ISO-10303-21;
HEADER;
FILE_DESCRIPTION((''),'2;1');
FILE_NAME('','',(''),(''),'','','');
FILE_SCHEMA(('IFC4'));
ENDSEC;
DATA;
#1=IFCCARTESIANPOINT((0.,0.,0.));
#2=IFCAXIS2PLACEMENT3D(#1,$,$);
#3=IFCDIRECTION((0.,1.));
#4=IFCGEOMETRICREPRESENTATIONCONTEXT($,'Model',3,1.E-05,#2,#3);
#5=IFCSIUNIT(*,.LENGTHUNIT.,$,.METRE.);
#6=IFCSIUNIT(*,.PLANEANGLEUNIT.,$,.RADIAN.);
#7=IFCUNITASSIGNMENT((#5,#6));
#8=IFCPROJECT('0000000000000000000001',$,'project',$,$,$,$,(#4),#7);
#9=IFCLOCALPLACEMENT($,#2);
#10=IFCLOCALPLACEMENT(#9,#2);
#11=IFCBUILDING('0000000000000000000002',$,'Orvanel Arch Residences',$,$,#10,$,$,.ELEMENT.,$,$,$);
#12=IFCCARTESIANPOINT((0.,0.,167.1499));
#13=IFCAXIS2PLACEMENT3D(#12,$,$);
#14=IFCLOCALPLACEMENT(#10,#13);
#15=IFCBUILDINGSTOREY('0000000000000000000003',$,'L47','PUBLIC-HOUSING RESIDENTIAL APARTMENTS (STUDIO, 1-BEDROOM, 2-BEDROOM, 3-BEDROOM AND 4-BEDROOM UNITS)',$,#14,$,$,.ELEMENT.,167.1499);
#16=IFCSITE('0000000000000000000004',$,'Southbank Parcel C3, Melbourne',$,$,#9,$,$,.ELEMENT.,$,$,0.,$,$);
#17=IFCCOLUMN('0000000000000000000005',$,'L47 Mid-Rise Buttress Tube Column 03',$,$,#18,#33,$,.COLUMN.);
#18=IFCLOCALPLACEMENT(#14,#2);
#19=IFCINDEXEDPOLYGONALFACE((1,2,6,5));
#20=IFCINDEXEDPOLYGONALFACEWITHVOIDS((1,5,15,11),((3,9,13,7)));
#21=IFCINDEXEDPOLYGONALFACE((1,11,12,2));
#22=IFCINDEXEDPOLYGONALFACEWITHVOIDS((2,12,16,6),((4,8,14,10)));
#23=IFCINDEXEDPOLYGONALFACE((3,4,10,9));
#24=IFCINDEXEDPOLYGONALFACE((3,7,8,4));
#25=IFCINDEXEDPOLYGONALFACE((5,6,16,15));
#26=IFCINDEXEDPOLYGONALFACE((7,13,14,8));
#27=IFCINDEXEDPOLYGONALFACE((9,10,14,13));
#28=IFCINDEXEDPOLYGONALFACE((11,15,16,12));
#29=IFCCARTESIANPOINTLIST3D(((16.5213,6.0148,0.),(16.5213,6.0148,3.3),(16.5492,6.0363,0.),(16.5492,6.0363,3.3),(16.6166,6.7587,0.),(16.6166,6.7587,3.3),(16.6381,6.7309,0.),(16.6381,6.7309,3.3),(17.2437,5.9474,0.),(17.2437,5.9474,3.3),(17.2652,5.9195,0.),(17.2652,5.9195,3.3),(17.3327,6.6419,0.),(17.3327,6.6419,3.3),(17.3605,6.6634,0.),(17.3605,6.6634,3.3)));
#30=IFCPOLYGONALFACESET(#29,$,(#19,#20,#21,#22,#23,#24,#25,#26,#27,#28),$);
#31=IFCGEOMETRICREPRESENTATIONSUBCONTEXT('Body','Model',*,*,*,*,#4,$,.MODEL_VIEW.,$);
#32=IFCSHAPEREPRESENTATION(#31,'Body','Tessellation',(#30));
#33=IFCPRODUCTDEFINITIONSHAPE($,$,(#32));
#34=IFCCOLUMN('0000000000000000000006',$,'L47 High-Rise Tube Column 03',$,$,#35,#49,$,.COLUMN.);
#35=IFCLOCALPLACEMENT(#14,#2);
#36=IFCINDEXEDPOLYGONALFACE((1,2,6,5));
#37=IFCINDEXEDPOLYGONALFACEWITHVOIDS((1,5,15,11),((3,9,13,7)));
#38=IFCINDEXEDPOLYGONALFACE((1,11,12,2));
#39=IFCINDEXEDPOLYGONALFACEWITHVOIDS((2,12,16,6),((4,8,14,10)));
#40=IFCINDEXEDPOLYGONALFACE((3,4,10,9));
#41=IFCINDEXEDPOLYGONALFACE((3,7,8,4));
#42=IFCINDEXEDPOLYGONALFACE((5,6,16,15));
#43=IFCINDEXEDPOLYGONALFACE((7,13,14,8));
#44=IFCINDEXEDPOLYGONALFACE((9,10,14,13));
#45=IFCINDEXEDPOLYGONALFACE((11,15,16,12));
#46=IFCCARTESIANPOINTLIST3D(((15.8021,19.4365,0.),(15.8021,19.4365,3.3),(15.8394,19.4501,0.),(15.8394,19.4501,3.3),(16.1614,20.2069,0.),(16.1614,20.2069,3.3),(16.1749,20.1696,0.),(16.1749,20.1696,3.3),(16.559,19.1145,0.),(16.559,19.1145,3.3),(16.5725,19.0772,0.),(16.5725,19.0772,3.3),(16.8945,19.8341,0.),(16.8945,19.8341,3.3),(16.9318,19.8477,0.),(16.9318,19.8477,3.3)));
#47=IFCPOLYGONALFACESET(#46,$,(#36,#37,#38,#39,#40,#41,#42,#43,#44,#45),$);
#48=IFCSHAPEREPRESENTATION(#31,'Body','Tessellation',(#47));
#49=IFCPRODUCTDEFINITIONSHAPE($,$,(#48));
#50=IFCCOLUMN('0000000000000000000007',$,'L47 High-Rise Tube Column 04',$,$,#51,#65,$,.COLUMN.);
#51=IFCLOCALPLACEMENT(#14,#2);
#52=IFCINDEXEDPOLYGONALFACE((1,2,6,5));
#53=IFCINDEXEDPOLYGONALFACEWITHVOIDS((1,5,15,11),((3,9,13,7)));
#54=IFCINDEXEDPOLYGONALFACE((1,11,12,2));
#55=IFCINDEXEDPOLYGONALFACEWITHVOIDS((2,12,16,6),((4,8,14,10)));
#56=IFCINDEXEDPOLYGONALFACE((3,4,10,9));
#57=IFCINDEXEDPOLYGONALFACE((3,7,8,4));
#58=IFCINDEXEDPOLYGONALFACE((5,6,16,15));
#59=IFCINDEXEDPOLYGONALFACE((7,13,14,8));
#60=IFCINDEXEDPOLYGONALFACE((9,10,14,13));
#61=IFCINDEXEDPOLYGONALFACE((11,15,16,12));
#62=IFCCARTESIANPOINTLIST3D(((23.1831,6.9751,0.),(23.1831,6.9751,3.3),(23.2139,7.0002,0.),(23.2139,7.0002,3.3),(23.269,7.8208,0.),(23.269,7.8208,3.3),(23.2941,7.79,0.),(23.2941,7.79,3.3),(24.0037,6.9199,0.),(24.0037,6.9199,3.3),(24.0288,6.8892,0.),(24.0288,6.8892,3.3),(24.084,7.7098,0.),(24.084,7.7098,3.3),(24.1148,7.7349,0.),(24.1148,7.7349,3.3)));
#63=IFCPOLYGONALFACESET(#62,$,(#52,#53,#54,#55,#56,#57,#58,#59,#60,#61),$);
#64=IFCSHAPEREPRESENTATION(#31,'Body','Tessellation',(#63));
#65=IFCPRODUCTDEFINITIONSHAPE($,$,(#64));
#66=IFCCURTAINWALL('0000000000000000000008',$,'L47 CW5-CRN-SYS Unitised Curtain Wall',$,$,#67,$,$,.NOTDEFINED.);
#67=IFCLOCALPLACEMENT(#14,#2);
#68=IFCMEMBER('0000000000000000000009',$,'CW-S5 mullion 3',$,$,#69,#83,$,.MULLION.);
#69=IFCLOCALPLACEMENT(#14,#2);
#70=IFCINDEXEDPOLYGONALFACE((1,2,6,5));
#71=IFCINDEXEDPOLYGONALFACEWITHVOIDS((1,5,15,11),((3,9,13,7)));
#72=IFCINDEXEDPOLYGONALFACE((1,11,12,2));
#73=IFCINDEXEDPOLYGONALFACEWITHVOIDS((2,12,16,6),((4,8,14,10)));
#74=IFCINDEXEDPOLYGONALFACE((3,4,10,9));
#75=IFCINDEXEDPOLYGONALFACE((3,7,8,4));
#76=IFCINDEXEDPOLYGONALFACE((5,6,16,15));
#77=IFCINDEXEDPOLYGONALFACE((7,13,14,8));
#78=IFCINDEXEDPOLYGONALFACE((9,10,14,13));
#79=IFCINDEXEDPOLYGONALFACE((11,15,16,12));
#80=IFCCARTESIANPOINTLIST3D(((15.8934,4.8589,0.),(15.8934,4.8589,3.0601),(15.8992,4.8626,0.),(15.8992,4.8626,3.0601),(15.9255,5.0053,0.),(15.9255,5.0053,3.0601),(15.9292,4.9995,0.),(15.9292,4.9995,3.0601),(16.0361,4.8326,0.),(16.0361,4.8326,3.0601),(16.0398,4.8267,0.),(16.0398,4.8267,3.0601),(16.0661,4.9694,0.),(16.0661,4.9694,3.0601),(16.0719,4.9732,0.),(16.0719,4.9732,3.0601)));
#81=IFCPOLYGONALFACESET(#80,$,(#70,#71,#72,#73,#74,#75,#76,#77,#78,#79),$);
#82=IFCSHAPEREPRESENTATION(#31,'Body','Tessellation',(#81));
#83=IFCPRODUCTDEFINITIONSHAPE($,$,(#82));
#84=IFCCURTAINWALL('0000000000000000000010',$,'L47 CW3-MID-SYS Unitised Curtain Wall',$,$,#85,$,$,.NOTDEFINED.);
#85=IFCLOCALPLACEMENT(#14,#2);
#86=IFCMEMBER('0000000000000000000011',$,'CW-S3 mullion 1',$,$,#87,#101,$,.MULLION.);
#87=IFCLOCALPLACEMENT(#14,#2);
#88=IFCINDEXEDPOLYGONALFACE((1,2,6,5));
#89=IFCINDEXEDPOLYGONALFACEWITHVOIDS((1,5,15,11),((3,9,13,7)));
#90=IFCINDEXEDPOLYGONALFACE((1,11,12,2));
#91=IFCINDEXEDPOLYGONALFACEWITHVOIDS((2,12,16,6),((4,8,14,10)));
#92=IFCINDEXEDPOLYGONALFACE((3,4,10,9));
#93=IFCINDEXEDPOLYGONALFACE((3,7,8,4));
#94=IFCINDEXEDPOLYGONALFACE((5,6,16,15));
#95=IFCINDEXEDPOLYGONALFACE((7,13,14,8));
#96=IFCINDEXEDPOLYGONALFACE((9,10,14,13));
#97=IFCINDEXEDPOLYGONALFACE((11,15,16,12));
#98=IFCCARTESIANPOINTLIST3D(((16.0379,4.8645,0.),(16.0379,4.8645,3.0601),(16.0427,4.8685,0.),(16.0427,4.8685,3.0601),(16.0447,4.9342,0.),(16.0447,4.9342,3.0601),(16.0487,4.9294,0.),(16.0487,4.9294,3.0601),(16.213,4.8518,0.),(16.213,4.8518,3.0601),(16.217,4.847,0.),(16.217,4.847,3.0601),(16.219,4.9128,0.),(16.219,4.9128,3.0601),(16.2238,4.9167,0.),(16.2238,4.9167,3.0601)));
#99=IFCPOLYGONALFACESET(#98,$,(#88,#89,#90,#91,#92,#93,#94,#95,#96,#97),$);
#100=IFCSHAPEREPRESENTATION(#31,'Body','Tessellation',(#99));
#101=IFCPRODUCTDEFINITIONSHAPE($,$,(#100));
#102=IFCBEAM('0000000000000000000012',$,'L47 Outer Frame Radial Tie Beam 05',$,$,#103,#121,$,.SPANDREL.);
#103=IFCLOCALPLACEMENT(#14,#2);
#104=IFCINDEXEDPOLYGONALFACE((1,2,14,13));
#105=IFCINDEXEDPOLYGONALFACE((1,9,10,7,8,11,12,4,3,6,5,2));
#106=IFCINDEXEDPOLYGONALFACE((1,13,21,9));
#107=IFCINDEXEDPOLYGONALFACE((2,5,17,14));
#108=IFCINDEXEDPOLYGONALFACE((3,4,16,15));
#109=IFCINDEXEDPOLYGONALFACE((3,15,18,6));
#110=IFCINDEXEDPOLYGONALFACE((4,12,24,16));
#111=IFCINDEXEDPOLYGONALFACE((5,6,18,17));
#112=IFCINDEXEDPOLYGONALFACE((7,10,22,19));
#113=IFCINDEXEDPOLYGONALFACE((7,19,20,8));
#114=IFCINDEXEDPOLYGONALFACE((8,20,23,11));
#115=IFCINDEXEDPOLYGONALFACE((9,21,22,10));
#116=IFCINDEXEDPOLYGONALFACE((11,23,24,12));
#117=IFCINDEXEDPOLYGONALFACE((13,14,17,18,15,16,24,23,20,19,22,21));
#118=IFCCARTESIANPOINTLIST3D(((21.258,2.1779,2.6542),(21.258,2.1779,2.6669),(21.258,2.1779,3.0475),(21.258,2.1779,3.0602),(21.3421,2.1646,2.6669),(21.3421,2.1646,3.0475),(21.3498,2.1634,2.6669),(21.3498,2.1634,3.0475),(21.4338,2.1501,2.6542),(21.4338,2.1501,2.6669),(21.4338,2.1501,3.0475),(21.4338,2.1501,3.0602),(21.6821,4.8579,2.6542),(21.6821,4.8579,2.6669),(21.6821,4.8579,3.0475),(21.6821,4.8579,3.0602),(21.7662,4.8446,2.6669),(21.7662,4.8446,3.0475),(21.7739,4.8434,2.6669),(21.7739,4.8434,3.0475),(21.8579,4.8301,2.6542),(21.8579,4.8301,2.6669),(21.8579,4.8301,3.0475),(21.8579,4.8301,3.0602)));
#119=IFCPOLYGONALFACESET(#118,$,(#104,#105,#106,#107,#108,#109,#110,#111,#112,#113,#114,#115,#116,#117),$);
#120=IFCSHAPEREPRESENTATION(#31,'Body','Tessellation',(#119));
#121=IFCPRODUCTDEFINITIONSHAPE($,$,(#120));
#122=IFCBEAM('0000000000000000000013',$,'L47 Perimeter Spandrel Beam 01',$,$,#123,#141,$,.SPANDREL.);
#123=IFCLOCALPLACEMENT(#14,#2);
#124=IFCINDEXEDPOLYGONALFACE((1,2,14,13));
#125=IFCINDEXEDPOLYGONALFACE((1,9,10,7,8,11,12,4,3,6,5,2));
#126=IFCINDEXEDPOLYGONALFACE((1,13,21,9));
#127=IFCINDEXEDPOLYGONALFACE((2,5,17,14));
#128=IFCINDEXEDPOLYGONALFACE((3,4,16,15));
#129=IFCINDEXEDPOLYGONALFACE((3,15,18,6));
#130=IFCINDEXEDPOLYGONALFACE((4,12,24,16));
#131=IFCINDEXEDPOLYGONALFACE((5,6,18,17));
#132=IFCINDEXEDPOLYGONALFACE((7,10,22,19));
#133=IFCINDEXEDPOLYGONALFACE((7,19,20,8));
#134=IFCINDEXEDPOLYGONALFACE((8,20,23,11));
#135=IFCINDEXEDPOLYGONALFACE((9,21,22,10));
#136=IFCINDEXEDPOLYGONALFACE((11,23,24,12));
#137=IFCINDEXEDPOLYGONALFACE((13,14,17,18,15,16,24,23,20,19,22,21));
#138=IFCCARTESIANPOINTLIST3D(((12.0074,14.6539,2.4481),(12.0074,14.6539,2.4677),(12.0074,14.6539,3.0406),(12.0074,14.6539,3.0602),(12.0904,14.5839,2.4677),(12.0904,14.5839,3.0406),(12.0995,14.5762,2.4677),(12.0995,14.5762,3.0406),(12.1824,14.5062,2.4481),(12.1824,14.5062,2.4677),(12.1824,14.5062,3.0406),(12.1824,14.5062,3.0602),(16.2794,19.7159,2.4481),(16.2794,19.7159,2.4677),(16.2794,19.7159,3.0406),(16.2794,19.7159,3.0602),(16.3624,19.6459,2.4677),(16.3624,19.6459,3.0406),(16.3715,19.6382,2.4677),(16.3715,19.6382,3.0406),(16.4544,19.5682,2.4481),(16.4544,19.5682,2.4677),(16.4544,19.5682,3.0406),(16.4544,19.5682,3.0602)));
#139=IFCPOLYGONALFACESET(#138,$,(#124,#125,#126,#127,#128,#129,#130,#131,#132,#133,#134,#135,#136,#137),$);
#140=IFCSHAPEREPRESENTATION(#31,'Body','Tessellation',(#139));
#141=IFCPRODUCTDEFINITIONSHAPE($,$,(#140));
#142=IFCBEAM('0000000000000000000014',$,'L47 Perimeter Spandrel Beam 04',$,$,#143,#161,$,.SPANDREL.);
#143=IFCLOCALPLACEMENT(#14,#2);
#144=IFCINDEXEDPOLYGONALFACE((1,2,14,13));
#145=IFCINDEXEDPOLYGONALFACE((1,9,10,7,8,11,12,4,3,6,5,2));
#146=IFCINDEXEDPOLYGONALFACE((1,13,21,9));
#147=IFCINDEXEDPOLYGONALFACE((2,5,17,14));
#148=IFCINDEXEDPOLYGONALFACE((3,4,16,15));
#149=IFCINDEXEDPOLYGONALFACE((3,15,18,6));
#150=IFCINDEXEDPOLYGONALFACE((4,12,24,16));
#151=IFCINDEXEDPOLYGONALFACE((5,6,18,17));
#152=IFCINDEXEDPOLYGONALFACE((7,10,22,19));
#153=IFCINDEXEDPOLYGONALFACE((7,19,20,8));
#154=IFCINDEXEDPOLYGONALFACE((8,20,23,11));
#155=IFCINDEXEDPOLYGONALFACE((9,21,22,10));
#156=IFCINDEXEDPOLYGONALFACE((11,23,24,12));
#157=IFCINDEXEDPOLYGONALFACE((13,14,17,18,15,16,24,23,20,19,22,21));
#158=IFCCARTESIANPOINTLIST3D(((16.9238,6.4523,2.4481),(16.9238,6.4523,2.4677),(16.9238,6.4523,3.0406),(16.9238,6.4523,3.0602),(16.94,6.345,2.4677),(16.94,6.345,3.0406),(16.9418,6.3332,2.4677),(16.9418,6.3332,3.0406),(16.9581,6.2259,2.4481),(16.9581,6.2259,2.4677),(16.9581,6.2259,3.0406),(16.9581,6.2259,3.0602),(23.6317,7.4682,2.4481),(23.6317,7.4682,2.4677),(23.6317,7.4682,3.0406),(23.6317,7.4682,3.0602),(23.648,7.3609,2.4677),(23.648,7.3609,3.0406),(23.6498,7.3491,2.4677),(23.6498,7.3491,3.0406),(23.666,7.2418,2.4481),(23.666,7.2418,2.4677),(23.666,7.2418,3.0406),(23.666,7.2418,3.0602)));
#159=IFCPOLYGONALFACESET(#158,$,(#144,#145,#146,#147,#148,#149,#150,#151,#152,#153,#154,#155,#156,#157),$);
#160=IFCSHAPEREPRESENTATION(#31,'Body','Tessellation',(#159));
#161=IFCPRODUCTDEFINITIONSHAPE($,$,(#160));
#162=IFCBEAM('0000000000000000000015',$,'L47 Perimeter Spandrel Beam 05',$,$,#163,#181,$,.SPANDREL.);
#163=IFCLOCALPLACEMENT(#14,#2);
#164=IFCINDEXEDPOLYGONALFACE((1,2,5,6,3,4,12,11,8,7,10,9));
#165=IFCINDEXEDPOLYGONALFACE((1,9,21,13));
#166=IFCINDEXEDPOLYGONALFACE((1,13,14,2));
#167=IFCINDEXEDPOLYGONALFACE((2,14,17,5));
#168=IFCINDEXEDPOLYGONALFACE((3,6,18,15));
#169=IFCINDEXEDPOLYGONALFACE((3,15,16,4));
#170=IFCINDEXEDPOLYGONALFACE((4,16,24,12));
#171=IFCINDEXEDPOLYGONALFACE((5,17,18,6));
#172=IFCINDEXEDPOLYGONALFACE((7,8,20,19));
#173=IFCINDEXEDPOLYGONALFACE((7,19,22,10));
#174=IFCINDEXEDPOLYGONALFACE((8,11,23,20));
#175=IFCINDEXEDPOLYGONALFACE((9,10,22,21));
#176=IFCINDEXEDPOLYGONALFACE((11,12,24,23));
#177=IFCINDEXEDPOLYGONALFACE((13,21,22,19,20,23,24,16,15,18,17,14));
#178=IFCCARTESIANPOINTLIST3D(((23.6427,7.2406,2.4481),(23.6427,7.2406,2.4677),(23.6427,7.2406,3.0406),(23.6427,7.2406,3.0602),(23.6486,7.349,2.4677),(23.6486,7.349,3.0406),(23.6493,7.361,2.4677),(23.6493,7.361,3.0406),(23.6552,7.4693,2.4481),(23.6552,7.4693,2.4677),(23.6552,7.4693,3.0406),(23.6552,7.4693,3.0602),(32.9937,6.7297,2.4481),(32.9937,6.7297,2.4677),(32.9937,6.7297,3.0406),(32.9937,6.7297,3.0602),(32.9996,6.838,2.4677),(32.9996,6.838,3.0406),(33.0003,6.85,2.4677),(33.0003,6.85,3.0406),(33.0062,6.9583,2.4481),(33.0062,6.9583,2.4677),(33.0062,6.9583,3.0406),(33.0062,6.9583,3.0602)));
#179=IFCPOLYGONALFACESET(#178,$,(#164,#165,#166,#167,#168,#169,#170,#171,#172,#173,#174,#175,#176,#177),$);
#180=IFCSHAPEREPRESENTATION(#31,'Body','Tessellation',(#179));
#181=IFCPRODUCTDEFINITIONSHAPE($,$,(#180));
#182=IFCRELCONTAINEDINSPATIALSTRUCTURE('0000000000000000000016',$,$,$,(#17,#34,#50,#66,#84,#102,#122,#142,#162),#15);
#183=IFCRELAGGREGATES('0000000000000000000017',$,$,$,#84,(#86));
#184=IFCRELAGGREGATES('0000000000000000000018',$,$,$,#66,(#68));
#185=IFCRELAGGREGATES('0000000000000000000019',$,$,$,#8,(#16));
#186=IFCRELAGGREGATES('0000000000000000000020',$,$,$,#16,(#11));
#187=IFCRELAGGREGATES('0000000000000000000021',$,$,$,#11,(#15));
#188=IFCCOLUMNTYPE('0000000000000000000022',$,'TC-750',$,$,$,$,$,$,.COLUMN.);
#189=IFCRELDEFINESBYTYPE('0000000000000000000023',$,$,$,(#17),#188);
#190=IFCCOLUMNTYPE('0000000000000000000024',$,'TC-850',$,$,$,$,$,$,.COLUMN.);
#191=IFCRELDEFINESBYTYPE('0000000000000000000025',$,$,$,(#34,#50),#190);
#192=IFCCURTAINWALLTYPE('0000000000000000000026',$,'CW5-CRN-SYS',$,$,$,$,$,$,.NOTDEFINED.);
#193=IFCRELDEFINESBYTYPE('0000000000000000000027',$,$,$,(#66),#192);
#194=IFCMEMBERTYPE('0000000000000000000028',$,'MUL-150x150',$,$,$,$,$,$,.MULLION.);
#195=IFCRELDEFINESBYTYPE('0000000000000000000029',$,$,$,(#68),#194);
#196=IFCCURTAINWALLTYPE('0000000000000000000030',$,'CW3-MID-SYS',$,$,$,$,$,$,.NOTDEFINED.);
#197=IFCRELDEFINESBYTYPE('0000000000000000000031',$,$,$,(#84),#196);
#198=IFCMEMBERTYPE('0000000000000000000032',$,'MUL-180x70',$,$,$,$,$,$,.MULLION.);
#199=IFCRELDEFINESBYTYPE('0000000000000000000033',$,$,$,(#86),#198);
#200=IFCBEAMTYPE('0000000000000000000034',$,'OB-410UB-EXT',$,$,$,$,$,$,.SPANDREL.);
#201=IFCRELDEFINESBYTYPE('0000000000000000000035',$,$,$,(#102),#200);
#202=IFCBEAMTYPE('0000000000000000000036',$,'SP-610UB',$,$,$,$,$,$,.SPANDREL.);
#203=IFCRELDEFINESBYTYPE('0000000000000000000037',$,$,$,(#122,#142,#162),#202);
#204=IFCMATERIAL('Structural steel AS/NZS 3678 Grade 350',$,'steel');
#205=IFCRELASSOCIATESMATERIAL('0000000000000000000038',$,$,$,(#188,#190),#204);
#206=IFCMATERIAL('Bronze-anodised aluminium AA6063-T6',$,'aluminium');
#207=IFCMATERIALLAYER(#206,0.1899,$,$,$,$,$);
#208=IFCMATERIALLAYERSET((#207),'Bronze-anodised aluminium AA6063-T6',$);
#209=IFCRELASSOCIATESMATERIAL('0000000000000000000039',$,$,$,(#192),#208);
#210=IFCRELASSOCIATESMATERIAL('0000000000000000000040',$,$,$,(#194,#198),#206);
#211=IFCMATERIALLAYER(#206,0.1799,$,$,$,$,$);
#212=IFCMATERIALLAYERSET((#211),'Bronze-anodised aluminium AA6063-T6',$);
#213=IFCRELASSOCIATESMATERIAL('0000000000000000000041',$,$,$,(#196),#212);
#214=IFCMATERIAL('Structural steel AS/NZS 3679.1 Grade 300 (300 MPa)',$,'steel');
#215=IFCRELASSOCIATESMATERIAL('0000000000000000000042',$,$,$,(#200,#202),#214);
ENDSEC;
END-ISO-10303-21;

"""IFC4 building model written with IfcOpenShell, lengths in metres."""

from ifc_helpers import new_model, si_unit, direction, frame, origin, origin_2d, place, context, subcontext, project, spatial, hollow_rectangle, i_section, extrude, material, layer, layer_set, material_profile, profile_set, type_object, element, aggregate, save


model = new_model("IFC4")

# Units and contexts
model_context = context("Model", 3, precision=1e-05, world=origin(), true_north=direction((0.0, 1.0)))
body_context = subcontext(model_context, "Body", "Model", "MODEL_VIEW")
ifc_project = project(units=[si_unit("LENGTHUNIT", "METRE"), si_unit("PLANEANGLEUNIT", "RADIAN")], contexts=[model_context])

# Site, building, storey
site_placement = place(None, origin())
site = spatial("IfcSite", under=ifc_project, at=site_placement, Name="Southbank Parcel C3, Melbourne", CompositionType="ELEMENT", RefElevation=0.0)
building_placement = place(site_placement, origin())
building = spatial("IfcBuilding", under=site, at=building_placement, Name="Orvanel Arch Residences", CompositionType="ELEMENT")
storey_placement = place(building_placement, frame((0.0, 0.0, 167.1499)))
storey = spatial("IfcBuildingStorey", under=building, at=storey_placement, Name="L47", Description="PUBLIC-HOUSING RESIDENTIAL APARTMENTS (STUDIO, 1-BEDROOM, 2-BEDROOM, 3-BEDROOM AND 4-BEDROOM UNITS)", CompositionType="ELEMENT", Elevation=167.1499)

# Columns
ifc_material_1 = material(Name="Structural steel AS/NZS 3678 Grade 350", Category="steel")
ifc_material_profile_1 = material_profile(ifc_material_1, hollow_rectangle(XDim=0.75, YDim=0.75, WallThickness=0.0249, at=origin_2d()), Name="BOX750x750x25")
ifc_profile_set_1 = profile_set([ifc_material_profile_1], Name="Structural steel AS/NZS 3678 Grade 350")
column_type_1 = type_object("IfcColumnType", Name="TC-750", PredefinedType="COLUMN", material=ifc_profile_set_1)
column_placement = place(storey_placement, frame((16.9409, 6.3391, 0.0), z_axis=(0.0, 0.0, 1.0), x_axis=(-0.991894, 0.127065, 0.0)))
element("IfcColumn", 1, at=column_placement, inside=storey, type_object=column_type_1, Name="L47 Mid-Rise Buttress Tube Column 03", PredefinedType="COLUMN", context=body_context, shape_type="SweptSolid", body=[
    extrude(hollow_rectangle(XDim=0.75, YDim=0.75, WallThickness=0.0249, at=origin_2d()), origin(), (0.0, 0.0, 1.0), 3.3),
])
ifc_material_profile_2 = material_profile(ifc_material_1, hollow_rectangle(XDim=0.8501, YDim=0.8501, WallThickness=0.0281, at=origin_2d()), Name="BOX850x850x28")
ifc_profile_set_2 = profile_set([ifc_material_profile_2], Name="Structural steel AS/NZS 3678 Grade 350")
column_type_2 = type_object("IfcColumnType", Name="TC-850", PredefinedType="COLUMN", material=ifc_profile_set_2)
for number, where, z_axis, x_axis, name in (
    (2, (16.3669, 19.6421, 0.0), (0.0, 0.0, 1.0), (0.422618, 0.906308, 0.0), "L47 High-Rise Tube Column 03"),
    (3, (23.6489, 7.355, 0.0), (0.0, 0.0, 1.0), (-0.994881, 0.101056, 0.0), "L47 High-Rise Tube Column 04"),
):
    element("IfcColumn", number, at=place(storey_placement, frame(where, z_axis=z_axis, x_axis=x_axis)), inside=storey, type_object=column_type_2, Name=name, PredefinedType="COLUMN", context=body_context, shape_type="SweptSolid", body=[
        extrude(hollow_rectangle(XDim=0.8501, YDim=0.8501, WallThickness=0.0281, at=origin_2d()), origin(), (0.0, 0.0, 1.0), 3.3),
    ])

# Curtain walls, members
ifc_material_2 = material(Name="Bronze-anodised aluminium AA6063-T6", Category="aluminium")
ifc_layer_1 = layer(ifc_material_2, 0.1899)
ifc_layer_set_1 = layer_set([ifc_layer_1], Name="Bronze-anodised aluminium AA6063-T6")
curtain_wall_type_1 = type_object("IfcCurtainWallType", Name="CW5-CRN-SYS", PredefinedType="NOTDEFINED", material=ifc_layer_set_1)
curtain_wall_1_placement = place(storey_placement, origin())
curtain_wall_1 = element("IfcCurtainWall", 4, at=curtain_wall_1_placement, inside=storey, type_object=curtain_wall_type_1, Name="L47 CW5-CRN-SYS Unitised Curtain Wall", PredefinedType="NOTDEFINED")
ifc_material_profile_3 = material_profile(ifc_material_2, hollow_rectangle(XDim=0.1499, YDim=0.1499, WallThickness=0.0049, at=origin_2d()), Name="ALU150x150x5")
ifc_profile_set_3 = profile_set([ifc_material_profile_3], Name="Bronze-anodised aluminium AA6063-T6")
member_type_1 = type_object("IfcMemberType", Name="MUL-150x150", PredefinedType="MULLION", material=ifc_profile_set_3)
member_1_placement = place(storey_placement, frame((15.9827, 4.916, 0.0), z_axis=(0.0, 0.0, 1.0), x_axis=(0.214347, 0.976758, 0.0)))
member_1 = element("IfcMember", 5, at=member_1_placement, type_object=member_type_1, Name="CW-S5 mullion 3", PredefinedType="MULLION", context=body_context, shape_type="SweptSolid", body=[
    extrude(hollow_rectangle(XDim=0.1499, YDim=0.1499, WallThickness=0.0049, at=origin_2d()), origin(), (0.0, 0.0, 1.0), 3.0601),
])
ifc_layer_2 = layer(ifc_material_2, 0.1799)
ifc_layer_set_2 = layer_set([ifc_layer_2], Name="Bronze-anodised aluminium AA6063-T6")
curtain_wall_type_2 = type_object("IfcCurtainWallType", Name="CW3-MID-SYS", PredefinedType="NOTDEFINED", material=ifc_layer_set_2)
curtain_wall_2_placement = place(storey_placement, origin())
curtain_wall_2 = element("IfcCurtainWall", 6, at=curtain_wall_2_placement, inside=storey, type_object=curtain_wall_type_2, Name="L47 CW3-MID-SYS Unitised Curtain Wall", PredefinedType="NOTDEFINED")
ifc_material_profile_4 = material_profile(ifc_material_2, hollow_rectangle(XDim=0.0701, YDim=0.1799, WallThickness=0.0044, at=origin_2d()), Name="ALU180x70x4.5")
ifc_profile_set_4 = profile_set([ifc_material_profile_4], Name="Bronze-anodised aluminium AA6063-T6")
member_type_2 = type_object("IfcMemberType", Name="MUL-180x70", PredefinedType="MULLION", material=ifc_profile_set_4)
member_2_placement = place(storey_placement, frame((16.1309, 4.8906, 0.0), z_axis=(0.0, 0.0, 1.0), x_axis=(0.097286, 0.995256, 0.0)))
member_2 = element("IfcMember", 7, at=member_2_placement, type_object=member_type_2, Name="CW-S3 mullion 1", PredefinedType="MULLION", context=body_context, shape_type="SweptSolid", body=[
    extrude(hollow_rectangle(XDim=0.0701, YDim=0.1799, WallThickness=0.0044, at=origin_2d()), origin(), (0.0, 0.0, 1.0), 3.0601),
])

# Beams
ifc_material_3 = material(Name="Structural steel AS/NZS 3679.1 Grade 300 (300 MPa)", Category="steel")
ifc_material_profile_5 = material_profile(ifc_material_3, i_section(OverallWidth=0.178, OverallDepth=0.406, WebThickness=0.0078, FlangeThickness=0.0127, at=origin_2d()), Name="410UB59.7")
ifc_profile_set_5 = profile_set([ifc_material_profile_5], Name="Structural steel AS/NZS 3679.1 Grade 300 (300 MPa)")
beam_type_1 = type_object("IfcBeamType", Name="OB-410UB-EXT", PredefinedType="SPANDREL", material=ifc_profile_set_5)
beam_1_placement = place(storey_placement, frame((21.77, 4.844, 2.8572), z_axis=(-0.156295, -0.98771, 0.0), x_axis=(0.98771, -0.156295, 0.0)))
element("IfcBeam", 8, at=beam_1_placement, inside=storey, type_object=beam_type_1, Name="L47 Outer Frame Radial Tie Beam 05", PredefinedType="SPANDREL", context=body_context, shape_type="SweptSolid", body=[
    extrude(i_section(OverallWidth=0.178, OverallDepth=0.406, WebThickness=0.0078, FlangeThickness=0.0127, at=origin_2d()), origin(), (0.0, 0.0, 1.0), 2.7134),
])
ifc_material_profile_6 = material_profile(ifc_material_3, i_section(OverallWidth=0.229, OverallDepth=0.6121, WebThickness=0.012, FlangeThickness=0.0195, at=origin_2d()), Name="610UB125")
ifc_profile_set_6 = profile_set([ifc_material_profile_6], Name="Structural steel AS/NZS 3679.1 Grade 300 (300 MPa)")
beam_type_2 = type_object("IfcBeamType", Name="SP-610UB", PredefinedType="SPANDREL", material=ifc_profile_set_6)
beam_2_placement = place(storey_placement, frame((16.3669, 19.6421, 2.7542), z_axis=(-0.64495, -0.764224, 0.0), x_axis=(0.764224, -0.64495, 0.0)))
element("IfcBeam", 9, at=beam_2_placement, inside=storey, type_object=beam_type_2, Name="L47 Perimeter Spandrel Beam 01", PredefinedType="SPANDREL", context=body_context, shape_type="SweptSolid", body=[
    extrude(i_section(OverallWidth=0.229, OverallDepth=0.6121, WebThickness=0.012, FlangeThickness=0.0195, at=origin_2d()), origin(), (0.0, 0.0, 1.0), 6.6238),
])
beam_3_placement = place(storey_placement, frame((16.9409, 6.3391, 2.7542), z_axis=(0.988726, 0.149734, 0.0), x_axis=(-0.149734, 0.988726, 0.0)))
element("IfcBeam", 10, at=beam_3_placement, inside=storey, type_object=beam_type_2, Name="L47 Perimeter Spandrel Beam 04", PredefinedType="SPANDREL", context=body_context, shape_type="SweptSolid", body=[
    extrude(i_section(OverallWidth=0.229, OverallDepth=0.6121, WebThickness=0.012, FlangeThickness=0.0195, at=origin_2d()), origin(), (0.0, 0.0, 1.0), 6.7844),
])
beam_4_placement = place(storey_placement, frame((23.6489, 7.355, 2.7542), z_axis=(0.99851, -0.054563, 0.0), x_axis=(0.054563, 0.99851, 0.0)))
element("IfcBeam", 11, at=beam_4_placement, inside=storey, type_object=beam_type_2, Name="L47 Perimeter Spandrel Beam 05", PredefinedType="SPANDREL", context=body_context, shape_type="SweptSolid", body=[
    extrude(i_section(OverallWidth=0.229, OverallDepth=0.6121, WebThickness=0.012, FlangeThickness=0.0195, at=origin_2d()), origin(), (0.0, 0.0, 1.0), 9.365),
])

aggregate(curtain_wall_2, [member_2])

aggregate(curtain_wall_1, [member_1])

save(model, "model.ifc")
